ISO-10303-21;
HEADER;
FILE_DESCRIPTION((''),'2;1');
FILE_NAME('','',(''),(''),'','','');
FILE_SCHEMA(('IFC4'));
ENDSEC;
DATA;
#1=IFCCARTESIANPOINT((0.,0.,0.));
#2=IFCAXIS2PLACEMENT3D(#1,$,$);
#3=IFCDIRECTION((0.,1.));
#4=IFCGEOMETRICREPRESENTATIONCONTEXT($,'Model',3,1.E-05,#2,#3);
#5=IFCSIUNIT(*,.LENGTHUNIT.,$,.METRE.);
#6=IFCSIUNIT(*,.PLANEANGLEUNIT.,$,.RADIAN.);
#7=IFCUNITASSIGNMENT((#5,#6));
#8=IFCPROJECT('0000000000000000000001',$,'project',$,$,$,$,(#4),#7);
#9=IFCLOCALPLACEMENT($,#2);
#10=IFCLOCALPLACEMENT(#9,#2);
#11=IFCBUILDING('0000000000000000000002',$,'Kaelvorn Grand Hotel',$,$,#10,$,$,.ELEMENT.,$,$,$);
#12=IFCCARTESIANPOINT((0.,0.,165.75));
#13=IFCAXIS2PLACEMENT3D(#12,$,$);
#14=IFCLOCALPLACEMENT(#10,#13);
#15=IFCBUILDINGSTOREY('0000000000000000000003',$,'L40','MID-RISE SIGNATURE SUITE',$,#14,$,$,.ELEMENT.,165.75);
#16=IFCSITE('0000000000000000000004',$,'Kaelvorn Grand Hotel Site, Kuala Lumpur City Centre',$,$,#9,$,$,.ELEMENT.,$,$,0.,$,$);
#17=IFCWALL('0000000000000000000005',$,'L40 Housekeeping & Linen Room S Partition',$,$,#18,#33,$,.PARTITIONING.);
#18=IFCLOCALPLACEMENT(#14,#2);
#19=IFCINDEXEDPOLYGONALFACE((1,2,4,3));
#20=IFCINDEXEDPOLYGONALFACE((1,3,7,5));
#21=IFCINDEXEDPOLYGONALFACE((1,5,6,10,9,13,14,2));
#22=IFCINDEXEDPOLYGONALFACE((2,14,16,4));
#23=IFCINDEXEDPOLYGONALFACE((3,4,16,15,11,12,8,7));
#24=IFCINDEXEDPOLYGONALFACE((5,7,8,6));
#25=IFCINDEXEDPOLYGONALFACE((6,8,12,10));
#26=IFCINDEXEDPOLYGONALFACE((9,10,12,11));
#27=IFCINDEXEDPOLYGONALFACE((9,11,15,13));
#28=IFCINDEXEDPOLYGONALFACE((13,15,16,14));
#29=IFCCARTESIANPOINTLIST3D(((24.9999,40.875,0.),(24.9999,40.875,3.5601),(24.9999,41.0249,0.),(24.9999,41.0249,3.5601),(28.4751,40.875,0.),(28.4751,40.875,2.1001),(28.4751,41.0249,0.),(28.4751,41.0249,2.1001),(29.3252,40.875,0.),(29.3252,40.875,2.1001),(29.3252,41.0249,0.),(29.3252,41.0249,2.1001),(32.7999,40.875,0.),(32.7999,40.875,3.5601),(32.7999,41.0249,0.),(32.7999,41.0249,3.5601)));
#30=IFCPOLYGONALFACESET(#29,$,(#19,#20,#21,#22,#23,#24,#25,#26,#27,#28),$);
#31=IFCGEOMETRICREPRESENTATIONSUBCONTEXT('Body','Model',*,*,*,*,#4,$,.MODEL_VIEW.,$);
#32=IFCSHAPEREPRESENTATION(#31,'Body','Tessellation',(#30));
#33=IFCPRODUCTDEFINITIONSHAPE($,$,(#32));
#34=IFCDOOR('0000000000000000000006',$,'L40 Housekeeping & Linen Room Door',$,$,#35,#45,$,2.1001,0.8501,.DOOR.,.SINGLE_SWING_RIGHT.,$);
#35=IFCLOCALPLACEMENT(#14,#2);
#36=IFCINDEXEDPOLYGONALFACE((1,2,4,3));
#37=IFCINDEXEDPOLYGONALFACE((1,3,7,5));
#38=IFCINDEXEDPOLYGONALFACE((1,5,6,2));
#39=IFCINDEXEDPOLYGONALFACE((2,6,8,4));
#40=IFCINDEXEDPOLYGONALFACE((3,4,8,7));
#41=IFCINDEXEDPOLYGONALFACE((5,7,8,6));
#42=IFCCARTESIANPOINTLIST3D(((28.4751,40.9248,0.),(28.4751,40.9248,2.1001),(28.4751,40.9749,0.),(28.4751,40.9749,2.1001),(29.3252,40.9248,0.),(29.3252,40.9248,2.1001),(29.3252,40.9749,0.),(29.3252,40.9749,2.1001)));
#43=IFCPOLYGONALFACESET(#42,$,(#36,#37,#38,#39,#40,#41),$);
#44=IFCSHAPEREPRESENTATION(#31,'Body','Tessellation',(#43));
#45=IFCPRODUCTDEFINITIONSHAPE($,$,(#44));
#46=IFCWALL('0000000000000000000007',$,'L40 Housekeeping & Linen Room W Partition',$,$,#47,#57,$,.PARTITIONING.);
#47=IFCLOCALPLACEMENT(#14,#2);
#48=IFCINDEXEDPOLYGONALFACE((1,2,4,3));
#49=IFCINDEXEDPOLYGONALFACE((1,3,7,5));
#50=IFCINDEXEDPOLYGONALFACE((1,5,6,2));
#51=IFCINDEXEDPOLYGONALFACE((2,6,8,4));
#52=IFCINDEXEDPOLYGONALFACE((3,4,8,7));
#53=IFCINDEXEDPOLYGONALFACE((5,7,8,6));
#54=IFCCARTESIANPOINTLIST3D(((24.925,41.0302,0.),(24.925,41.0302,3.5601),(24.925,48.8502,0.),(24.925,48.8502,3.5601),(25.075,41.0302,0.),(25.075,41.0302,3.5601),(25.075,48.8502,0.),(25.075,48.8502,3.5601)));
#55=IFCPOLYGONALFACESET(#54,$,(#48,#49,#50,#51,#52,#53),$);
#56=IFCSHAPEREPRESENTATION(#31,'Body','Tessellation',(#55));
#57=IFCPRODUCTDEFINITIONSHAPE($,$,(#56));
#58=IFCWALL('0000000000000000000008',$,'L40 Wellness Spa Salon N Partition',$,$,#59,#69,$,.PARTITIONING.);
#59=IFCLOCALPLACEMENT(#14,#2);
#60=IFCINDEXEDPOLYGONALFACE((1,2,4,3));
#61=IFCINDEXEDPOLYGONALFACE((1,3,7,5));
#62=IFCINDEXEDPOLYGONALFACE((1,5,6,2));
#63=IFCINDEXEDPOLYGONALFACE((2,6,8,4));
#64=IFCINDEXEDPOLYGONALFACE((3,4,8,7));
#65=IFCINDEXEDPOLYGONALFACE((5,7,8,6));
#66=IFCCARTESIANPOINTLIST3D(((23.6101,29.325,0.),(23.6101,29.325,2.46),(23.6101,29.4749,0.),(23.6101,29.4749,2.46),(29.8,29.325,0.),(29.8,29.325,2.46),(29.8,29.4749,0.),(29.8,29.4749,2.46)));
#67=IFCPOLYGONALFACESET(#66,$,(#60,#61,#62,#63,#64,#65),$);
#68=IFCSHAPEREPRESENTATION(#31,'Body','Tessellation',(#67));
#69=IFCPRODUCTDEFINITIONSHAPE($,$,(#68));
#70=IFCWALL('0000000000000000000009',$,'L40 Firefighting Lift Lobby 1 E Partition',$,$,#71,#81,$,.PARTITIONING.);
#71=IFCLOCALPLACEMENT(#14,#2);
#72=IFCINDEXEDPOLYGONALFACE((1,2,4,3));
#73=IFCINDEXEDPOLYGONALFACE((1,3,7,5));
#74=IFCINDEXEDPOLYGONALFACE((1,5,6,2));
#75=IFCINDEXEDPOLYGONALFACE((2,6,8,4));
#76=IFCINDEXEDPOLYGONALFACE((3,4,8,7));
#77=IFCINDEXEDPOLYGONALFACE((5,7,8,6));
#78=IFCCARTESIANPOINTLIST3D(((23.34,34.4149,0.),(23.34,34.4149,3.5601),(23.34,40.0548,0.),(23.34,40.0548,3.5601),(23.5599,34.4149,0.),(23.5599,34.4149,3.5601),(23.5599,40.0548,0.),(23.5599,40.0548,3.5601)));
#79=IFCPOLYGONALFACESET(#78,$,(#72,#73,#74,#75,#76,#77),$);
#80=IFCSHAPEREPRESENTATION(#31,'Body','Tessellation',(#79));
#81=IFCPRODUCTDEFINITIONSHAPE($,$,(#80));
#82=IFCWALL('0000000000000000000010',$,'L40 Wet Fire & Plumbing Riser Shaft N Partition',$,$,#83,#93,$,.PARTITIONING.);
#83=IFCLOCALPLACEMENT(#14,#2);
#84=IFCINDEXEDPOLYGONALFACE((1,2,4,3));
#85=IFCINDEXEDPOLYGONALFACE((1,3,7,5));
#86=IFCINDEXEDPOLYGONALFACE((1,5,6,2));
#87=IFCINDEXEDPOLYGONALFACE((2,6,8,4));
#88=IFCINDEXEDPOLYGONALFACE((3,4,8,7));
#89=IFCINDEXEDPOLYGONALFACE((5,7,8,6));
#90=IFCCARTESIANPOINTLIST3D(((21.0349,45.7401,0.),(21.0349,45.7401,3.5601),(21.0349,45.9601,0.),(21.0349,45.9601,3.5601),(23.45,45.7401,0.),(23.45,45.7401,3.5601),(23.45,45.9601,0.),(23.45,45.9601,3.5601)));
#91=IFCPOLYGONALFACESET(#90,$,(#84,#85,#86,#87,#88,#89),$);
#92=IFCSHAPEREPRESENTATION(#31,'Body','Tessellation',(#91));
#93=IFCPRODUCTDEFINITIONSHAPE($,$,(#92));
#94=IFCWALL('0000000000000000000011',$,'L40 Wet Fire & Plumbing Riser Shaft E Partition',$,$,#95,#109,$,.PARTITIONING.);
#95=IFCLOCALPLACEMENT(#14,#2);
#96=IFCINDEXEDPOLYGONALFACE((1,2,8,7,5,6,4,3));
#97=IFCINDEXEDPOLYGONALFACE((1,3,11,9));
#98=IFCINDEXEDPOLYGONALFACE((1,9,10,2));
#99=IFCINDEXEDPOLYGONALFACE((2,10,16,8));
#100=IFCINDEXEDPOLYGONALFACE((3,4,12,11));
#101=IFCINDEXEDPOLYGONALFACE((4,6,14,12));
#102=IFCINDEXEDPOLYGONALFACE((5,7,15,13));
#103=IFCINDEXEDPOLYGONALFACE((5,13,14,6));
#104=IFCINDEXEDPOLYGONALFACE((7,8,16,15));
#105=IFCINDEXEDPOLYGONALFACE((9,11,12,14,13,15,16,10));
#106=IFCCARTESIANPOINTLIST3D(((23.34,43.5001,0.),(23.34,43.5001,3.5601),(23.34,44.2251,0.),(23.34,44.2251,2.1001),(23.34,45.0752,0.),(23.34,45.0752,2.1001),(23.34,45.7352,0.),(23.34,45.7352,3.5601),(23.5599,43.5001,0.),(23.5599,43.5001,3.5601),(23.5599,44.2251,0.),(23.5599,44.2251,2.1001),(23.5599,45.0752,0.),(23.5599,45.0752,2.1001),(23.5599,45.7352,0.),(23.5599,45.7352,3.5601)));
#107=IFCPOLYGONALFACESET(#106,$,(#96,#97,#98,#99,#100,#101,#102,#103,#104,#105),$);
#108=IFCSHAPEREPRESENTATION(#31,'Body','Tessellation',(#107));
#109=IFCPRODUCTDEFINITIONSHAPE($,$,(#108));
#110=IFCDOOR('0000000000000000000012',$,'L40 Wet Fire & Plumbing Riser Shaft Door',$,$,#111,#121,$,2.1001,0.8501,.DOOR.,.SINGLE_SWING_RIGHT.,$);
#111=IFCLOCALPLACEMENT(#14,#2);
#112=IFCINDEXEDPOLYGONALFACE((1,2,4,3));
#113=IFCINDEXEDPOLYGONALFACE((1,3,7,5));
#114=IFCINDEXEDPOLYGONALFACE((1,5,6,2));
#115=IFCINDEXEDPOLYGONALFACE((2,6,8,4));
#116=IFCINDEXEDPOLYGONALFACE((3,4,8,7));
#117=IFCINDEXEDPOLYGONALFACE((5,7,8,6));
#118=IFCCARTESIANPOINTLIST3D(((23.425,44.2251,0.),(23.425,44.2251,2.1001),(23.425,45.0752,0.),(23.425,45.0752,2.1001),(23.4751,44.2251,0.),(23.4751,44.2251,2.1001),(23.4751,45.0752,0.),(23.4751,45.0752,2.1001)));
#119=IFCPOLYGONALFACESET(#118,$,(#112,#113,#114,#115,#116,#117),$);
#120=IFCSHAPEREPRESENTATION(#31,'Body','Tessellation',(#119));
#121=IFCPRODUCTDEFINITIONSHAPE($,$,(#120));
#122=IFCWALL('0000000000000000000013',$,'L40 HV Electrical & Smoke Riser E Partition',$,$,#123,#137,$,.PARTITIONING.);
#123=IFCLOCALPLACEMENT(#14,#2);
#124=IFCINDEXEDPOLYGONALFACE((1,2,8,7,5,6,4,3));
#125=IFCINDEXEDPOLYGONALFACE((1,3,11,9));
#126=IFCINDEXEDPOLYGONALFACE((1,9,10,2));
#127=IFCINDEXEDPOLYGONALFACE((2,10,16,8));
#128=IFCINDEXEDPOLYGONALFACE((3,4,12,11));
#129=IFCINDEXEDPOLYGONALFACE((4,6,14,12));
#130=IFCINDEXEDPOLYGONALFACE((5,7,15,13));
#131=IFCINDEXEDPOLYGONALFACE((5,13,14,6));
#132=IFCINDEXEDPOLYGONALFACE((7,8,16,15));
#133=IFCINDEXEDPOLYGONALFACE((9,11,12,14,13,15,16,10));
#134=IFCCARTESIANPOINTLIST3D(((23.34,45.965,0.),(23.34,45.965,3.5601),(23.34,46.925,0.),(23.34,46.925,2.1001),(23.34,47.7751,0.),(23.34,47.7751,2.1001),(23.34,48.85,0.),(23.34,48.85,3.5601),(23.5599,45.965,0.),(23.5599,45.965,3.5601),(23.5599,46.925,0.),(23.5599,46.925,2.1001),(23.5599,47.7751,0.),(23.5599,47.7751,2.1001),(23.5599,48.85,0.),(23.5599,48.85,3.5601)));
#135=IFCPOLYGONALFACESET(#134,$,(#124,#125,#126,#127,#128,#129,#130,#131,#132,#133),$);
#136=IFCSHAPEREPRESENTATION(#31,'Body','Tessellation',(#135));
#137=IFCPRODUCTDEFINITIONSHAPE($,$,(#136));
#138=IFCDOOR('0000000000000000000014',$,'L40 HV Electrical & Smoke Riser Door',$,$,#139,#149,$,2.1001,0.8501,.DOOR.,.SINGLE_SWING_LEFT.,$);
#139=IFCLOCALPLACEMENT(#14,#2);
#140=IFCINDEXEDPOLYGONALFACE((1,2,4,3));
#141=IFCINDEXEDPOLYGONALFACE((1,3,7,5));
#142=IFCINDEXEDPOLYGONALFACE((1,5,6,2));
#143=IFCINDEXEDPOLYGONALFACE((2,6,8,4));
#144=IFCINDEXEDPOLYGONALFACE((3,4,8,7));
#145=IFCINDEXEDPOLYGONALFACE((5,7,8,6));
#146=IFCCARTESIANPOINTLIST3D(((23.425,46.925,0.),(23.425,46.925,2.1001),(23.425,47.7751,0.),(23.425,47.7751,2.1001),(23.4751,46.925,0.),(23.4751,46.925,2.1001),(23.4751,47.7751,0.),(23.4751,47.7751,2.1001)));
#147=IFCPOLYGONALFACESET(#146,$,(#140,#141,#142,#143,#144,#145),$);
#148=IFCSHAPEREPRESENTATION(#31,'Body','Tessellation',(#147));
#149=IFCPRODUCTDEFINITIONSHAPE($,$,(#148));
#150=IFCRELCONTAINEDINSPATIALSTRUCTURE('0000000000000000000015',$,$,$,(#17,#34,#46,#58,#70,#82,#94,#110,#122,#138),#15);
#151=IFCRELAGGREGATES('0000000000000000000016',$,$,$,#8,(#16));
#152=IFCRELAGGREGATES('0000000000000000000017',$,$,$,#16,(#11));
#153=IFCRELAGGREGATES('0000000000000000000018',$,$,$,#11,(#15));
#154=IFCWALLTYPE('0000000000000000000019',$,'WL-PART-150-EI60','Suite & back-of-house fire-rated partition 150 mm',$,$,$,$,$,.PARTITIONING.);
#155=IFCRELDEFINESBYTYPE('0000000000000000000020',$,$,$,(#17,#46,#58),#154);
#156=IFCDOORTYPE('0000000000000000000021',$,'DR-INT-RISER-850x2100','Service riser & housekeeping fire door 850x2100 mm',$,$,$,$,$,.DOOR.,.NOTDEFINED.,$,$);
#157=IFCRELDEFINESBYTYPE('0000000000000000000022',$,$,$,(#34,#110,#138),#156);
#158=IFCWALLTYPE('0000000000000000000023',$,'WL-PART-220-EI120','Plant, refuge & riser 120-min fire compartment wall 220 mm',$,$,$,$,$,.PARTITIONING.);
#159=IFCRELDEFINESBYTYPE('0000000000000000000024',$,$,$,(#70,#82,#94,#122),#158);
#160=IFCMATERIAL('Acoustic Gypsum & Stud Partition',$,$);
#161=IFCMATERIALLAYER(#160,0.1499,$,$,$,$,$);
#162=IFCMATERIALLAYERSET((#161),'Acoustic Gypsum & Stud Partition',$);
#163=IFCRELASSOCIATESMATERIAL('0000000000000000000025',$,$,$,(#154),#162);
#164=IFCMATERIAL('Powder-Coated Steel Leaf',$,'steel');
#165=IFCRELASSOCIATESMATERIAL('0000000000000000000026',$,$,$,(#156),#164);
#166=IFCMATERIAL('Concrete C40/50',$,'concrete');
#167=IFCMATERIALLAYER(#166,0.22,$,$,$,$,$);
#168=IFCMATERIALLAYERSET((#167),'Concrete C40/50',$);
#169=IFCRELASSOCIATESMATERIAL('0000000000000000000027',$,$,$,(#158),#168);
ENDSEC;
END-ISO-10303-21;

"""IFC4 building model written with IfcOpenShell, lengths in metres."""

from ifc_helpers import new_model, si_unit, direction, frame, frame_2d, origin, place, context, subcontext, project, spatial, rectangle, extrude, material, layer, layer_set, type_object, element, fill, save


model = new_model("IFC4")

# Units and contexts
model_context = context("Model", 3, precision=1e-05, world=origin(), true_north=direction((0.0, 1.0)))
body_context = subcontext(model_context, "Body", "Model", "MODEL_VIEW")
ifc_project = project(units=[si_unit("LENGTHUNIT", "METRE"), si_unit("PLANEANGLEUNIT", "RADIAN")], contexts=[model_context])

# Site, building, storey
site_placement = place(None, origin())
site = spatial("IfcSite", under=ifc_project, at=site_placement, Name="Kaelvorn Grand Hotel Site, Kuala Lumpur City Centre", CompositionType="ELEMENT", RefElevation=0.0)
building_placement = place(site_placement, origin())
building = spatial("IfcBuilding", under=site, at=building_placement, Name="Kaelvorn Grand Hotel", CompositionType="ELEMENT")
storey_placement = place(building_placement, frame((0.0, 0.0, 165.75)))
storey = spatial("IfcBuildingStorey", under=building, at=storey_placement, Name="L40", Description="MID-RISE SIGNATURE SUITE", CompositionType="ELEMENT", Elevation=165.75)

# Shared definitions
ifc_material_1 = material(Name="Acoustic Gypsum & Stud Partition")
ifc_layer_1 = layer(ifc_material_1, 0.1499)
ifc_layer_set_1 = layer_set([ifc_layer_1], Name="Acoustic Gypsum & Stud Partition")
wall_type_1 = type_object("IfcWallType", Name="WL-PART-150-EI60", Description="Suite & back-of-house fire-rated partition 150 mm", PredefinedType="PARTITIONING", material=ifc_layer_set_1)

# Wall, opening, door
wall_1_placement = place(storey_placement, frame((25.0, 40.95, 0.0), z_axis=(0.0, 0.0, 1.0), x_axis=(1.0, 0.0, 0.0)))
wall_1 = element("IfcWall", 1, at=wall_1_placement, inside=storey, type_object=wall_type_1, Name="L40 Housekeeping & Linen Room S Partition", PredefinedType="PARTITIONING", context=body_context, shape_type="SweptSolid", body=[
    extrude(rectangle(XDim=7.8, YDim=0.1499, at=frame_2d((3.8999, 0.0))), origin(), (0.0, 0.0, 1.0), 3.5601),
])
opening_1_placement = place(wall_1_placement, frame((3.4751, 0.0, 0.0)))
opening_1 = element("IfcOpeningElement", 2, at=opening_1_placement, cuts=wall_1, PredefinedType="OPENING", context=body_context, shape_type="SweptSolid", body=[
    extrude(rectangle(XDim=0.8501, YDim=2.1001, at=frame_2d((0.425, 1.05))), frame((0.0, 0.085, 0.0), z_axis=(0.0, -1.0, 0.0), x_axis=(1.0, 0.0, 0.0)), (0.0, 0.0, 1.0), 0.1699),
])
ifc_material_2 = material(Name="Powder-Coated Steel Leaf", Category="steel")
door_type_1 = type_object("IfcDoorType", Name="DR-INT-RISER-850x2100", Description="Service riser & housekeeping fire door 850x2100 mm", OperationType="NOTDEFINED", PredefinedType="DOOR", material=ifc_material_2)
door_1_placement = place(opening_1_placement, origin())
door_1 = element("IfcDoor", 3, at=door_1_placement, inside=storey, type_object=door_type_1, Name="L40 Housekeeping & Linen Room Door", OperationType="SINGLE_SWING_RIGHT", OverallHeight=2.1001, OverallWidth=0.8501, PredefinedType="DOOR", context=body_context, shape_type="SweptSolid", body=[
    extrude(rectangle(XDim=0.8501, YDim=2.1001, at=frame_2d((0.425, 1.05))), frame((0.0, 0.0249, 0.0), z_axis=(0.0, -1.0, 0.0), x_axis=(1.0, 0.0, 0.0)), (0.0, 0.0, 1.0), 0.05),
])
fill(opening_1, door_1)

# Walls
wall_2_placement = place(storey_placement, frame((25.0, 41.03, 0.0), z_axis=(0.0, 0.0, 1.0), x_axis=(0.0, 1.0, 0.0)))
element("IfcWall", 4, at=wall_2_placement, inside=storey, type_object=wall_type_1, Name="L40 Housekeeping & Linen Room W Partition", PredefinedType="PARTITIONING", context=body_context, shape_type="SweptSolid", body=[
    extrude(rectangle(XDim=7.8201, YDim=0.1499, at=frame_2d((3.9102, 0.0))), origin(), (0.0, 0.0, 1.0), 3.5601),
])
wall_3_placement = place(storey_placement, frame((23.6101, 29.3999, 0.0), z_axis=(0.0, 0.0, 1.0), x_axis=(1.0, 0.0, 0.0)))
element("IfcWall", 5, at=wall_3_placement, inside=storey, type_object=wall_type_1, Name="L40 Wellness Spa Salon N Partition", PredefinedType="PARTITIONING", context=body_context, shape_type="SweptSolid", body=[
    extrude(rectangle(XDim=6.1899, YDim=0.1499, at=frame_2d((3.095, 0.0))), origin(), (0.0, 0.0, 1.0), 2.46),
])
ifc_material_3 = material(Name="Concrete C40/50", Category="concrete")
ifc_layer_2 = layer(ifc_material_3, 0.22)
ifc_layer_set_2 = layer_set([ifc_layer_2], Name="Concrete C40/50")
wall_type_2 = type_object("IfcWallType", Name="WL-PART-220-EI120", Description="Plant, refuge & riser 120-min fire compartment wall 220 mm", PredefinedType="PARTITIONING", material=ifc_layer_set_2)
wall_4_placement = place(storey_placement, frame((23.45, 34.415, 0.0), z_axis=(0.0, 0.0, 1.0), x_axis=(0.0, 1.0, 0.0)))
element("IfcWall", 6, at=wall_4_placement, inside=storey, type_object=wall_type_2, Name="L40 Firefighting Lift Lobby 1 E Partition", PredefinedType="PARTITIONING", context=body_context, shape_type="SweptSolid", body=[
    extrude(rectangle(XDim=5.6399, YDim=0.22, at=frame_2d((2.8198, 0.0))), origin(), (0.0, 0.0, 1.0), 3.5601),
])
wall_5_placement = place(storey_placement, frame((21.0349, 45.8501, 0.0), z_axis=(0.0, 0.0, 1.0), x_axis=(1.0, 0.0, 0.0)))
element("IfcWall", 7, at=wall_5_placement, inside=storey, type_object=wall_type_2, Name="L40 Wet Fire & Plumbing Riser Shaft N Partition", PredefinedType="PARTITIONING", context=body_context, shape_type="SweptSolid", body=[
    extrude(rectangle(XDim=2.415, YDim=0.22, at=frame_2d((1.2075, 0.0))), origin(), (0.0, 0.0, 1.0), 3.5601),
])

# Walls, openings, doors
wall_6_placement = place(storey_placement, frame((23.45, 43.5, 0.0), z_axis=(0.0, 0.0, 1.0), x_axis=(0.0, 1.0, 0.0)))
wall_6 = element("IfcWall", 8, at=wall_6_placement, inside=storey, type_object=wall_type_2, Name="L40 Wet Fire & Plumbing Riser Shaft E Partition", PredefinedType="PARTITIONING", context=body_context, shape_type="SweptSolid", body=[
    extrude(rectangle(XDim=2.2351, YDim=0.22, at=frame_2d((1.1177, 0.0))), origin(), (0.0, 0.0, 1.0), 3.5601),
])
opening_2_placement = place(wall_6_placement, frame((0.7251, 0.0, 0.0)))
opening_2 = element("IfcOpeningElement", 9, at=opening_2_placement, cuts=wall_6, PredefinedType="OPENING", context=body_context, shape_type="SweptSolid", body=[
    extrude(rectangle(XDim=0.8501, YDim=2.1001, at=frame_2d((0.425, 1.05))), frame((0.0, 0.1201, 0.0), z_axis=(0.0, -1.0, 0.0), x_axis=(1.0, 0.0, 0.0)), (0.0, 0.0, 1.0), 0.24),
])
door_2_placement = place(opening_2_placement, origin())
door_2 = element("IfcDoor", 10, at=door_2_placement, inside=storey, type_object=door_type_1, Name="L40 Wet Fire & Plumbing Riser Shaft Door", OperationType="SINGLE_SWING_RIGHT", OverallHeight=2.1001, OverallWidth=0.8501, PredefinedType="DOOR", context=body_context, shape_type="SweptSolid", body=[
    extrude(rectangle(XDim=0.8501, YDim=2.1001, at=frame_2d((0.425, 1.05))), frame((0.0, 0.0249, 0.0), z_axis=(0.0, -1.0, 0.0), x_axis=(1.0, 0.0, 0.0)), (0.0, 0.0, 1.0), 0.05),
])
fill(opening_2, door_2)
wall_7_placement = place(storey_placement, frame((23.45, 45.9651, 0.0), z_axis=(0.0, 0.0, 1.0), x_axis=(0.0, 1.0, 0.0)))
wall_7 = element("IfcWall", 11, at=wall_7_placement, inside=storey, type_object=wall_type_2, Name="L40 HV Electrical & Smoke Riser E Partition", PredefinedType="PARTITIONING", context=body_context, shape_type="SweptSolid", body=[
    extrude(rectangle(XDim=2.885, YDim=0.22, at=frame_2d((1.4424, 0.0))), origin(), (0.0, 0.0, 1.0), 3.5601),
])
opening_3_placement = place(wall_7_placement, frame((0.96, 0.0, 0.0)))
opening_3 = element("IfcOpeningElement", 12, at=opening_3_placement, cuts=wall_7, PredefinedType="OPENING", context=body_context, shape_type="SweptSolid", body=[
    extrude(rectangle(XDim=0.8501, YDim=2.1001, at=frame_2d((0.425, 1.05))), frame((0.0, 0.1201, 0.0), z_axis=(0.0, -1.0, 0.0), x_axis=(1.0, 0.0, 0.0)), (0.0, 0.0, 1.0), 0.24),
])
door_3_placement = place(opening_3_placement, origin())
door_3 = element("IfcDoor", 13, at=door_3_placement, inside=storey, type_object=door_type_1, Name="L40 HV Electrical & Smoke Riser Door", OperationType="SINGLE_SWING_LEFT", OverallHeight=2.1001, OverallWidth=0.8501, PredefinedType="DOOR", context=body_context, shape_type="SweptSolid", body=[
    extrude(rectangle(XDim=0.8501, YDim=2.1001, at=frame_2d((0.425, 1.05))), frame((0.0, 0.0249, 0.0), z_axis=(0.0, -1.0, 0.0), x_axis=(1.0, 0.0, 0.0)), (0.0, 0.0, 1.0), 0.05),
])
fill(opening_3, door_3)

save(model, "model.ifc")
